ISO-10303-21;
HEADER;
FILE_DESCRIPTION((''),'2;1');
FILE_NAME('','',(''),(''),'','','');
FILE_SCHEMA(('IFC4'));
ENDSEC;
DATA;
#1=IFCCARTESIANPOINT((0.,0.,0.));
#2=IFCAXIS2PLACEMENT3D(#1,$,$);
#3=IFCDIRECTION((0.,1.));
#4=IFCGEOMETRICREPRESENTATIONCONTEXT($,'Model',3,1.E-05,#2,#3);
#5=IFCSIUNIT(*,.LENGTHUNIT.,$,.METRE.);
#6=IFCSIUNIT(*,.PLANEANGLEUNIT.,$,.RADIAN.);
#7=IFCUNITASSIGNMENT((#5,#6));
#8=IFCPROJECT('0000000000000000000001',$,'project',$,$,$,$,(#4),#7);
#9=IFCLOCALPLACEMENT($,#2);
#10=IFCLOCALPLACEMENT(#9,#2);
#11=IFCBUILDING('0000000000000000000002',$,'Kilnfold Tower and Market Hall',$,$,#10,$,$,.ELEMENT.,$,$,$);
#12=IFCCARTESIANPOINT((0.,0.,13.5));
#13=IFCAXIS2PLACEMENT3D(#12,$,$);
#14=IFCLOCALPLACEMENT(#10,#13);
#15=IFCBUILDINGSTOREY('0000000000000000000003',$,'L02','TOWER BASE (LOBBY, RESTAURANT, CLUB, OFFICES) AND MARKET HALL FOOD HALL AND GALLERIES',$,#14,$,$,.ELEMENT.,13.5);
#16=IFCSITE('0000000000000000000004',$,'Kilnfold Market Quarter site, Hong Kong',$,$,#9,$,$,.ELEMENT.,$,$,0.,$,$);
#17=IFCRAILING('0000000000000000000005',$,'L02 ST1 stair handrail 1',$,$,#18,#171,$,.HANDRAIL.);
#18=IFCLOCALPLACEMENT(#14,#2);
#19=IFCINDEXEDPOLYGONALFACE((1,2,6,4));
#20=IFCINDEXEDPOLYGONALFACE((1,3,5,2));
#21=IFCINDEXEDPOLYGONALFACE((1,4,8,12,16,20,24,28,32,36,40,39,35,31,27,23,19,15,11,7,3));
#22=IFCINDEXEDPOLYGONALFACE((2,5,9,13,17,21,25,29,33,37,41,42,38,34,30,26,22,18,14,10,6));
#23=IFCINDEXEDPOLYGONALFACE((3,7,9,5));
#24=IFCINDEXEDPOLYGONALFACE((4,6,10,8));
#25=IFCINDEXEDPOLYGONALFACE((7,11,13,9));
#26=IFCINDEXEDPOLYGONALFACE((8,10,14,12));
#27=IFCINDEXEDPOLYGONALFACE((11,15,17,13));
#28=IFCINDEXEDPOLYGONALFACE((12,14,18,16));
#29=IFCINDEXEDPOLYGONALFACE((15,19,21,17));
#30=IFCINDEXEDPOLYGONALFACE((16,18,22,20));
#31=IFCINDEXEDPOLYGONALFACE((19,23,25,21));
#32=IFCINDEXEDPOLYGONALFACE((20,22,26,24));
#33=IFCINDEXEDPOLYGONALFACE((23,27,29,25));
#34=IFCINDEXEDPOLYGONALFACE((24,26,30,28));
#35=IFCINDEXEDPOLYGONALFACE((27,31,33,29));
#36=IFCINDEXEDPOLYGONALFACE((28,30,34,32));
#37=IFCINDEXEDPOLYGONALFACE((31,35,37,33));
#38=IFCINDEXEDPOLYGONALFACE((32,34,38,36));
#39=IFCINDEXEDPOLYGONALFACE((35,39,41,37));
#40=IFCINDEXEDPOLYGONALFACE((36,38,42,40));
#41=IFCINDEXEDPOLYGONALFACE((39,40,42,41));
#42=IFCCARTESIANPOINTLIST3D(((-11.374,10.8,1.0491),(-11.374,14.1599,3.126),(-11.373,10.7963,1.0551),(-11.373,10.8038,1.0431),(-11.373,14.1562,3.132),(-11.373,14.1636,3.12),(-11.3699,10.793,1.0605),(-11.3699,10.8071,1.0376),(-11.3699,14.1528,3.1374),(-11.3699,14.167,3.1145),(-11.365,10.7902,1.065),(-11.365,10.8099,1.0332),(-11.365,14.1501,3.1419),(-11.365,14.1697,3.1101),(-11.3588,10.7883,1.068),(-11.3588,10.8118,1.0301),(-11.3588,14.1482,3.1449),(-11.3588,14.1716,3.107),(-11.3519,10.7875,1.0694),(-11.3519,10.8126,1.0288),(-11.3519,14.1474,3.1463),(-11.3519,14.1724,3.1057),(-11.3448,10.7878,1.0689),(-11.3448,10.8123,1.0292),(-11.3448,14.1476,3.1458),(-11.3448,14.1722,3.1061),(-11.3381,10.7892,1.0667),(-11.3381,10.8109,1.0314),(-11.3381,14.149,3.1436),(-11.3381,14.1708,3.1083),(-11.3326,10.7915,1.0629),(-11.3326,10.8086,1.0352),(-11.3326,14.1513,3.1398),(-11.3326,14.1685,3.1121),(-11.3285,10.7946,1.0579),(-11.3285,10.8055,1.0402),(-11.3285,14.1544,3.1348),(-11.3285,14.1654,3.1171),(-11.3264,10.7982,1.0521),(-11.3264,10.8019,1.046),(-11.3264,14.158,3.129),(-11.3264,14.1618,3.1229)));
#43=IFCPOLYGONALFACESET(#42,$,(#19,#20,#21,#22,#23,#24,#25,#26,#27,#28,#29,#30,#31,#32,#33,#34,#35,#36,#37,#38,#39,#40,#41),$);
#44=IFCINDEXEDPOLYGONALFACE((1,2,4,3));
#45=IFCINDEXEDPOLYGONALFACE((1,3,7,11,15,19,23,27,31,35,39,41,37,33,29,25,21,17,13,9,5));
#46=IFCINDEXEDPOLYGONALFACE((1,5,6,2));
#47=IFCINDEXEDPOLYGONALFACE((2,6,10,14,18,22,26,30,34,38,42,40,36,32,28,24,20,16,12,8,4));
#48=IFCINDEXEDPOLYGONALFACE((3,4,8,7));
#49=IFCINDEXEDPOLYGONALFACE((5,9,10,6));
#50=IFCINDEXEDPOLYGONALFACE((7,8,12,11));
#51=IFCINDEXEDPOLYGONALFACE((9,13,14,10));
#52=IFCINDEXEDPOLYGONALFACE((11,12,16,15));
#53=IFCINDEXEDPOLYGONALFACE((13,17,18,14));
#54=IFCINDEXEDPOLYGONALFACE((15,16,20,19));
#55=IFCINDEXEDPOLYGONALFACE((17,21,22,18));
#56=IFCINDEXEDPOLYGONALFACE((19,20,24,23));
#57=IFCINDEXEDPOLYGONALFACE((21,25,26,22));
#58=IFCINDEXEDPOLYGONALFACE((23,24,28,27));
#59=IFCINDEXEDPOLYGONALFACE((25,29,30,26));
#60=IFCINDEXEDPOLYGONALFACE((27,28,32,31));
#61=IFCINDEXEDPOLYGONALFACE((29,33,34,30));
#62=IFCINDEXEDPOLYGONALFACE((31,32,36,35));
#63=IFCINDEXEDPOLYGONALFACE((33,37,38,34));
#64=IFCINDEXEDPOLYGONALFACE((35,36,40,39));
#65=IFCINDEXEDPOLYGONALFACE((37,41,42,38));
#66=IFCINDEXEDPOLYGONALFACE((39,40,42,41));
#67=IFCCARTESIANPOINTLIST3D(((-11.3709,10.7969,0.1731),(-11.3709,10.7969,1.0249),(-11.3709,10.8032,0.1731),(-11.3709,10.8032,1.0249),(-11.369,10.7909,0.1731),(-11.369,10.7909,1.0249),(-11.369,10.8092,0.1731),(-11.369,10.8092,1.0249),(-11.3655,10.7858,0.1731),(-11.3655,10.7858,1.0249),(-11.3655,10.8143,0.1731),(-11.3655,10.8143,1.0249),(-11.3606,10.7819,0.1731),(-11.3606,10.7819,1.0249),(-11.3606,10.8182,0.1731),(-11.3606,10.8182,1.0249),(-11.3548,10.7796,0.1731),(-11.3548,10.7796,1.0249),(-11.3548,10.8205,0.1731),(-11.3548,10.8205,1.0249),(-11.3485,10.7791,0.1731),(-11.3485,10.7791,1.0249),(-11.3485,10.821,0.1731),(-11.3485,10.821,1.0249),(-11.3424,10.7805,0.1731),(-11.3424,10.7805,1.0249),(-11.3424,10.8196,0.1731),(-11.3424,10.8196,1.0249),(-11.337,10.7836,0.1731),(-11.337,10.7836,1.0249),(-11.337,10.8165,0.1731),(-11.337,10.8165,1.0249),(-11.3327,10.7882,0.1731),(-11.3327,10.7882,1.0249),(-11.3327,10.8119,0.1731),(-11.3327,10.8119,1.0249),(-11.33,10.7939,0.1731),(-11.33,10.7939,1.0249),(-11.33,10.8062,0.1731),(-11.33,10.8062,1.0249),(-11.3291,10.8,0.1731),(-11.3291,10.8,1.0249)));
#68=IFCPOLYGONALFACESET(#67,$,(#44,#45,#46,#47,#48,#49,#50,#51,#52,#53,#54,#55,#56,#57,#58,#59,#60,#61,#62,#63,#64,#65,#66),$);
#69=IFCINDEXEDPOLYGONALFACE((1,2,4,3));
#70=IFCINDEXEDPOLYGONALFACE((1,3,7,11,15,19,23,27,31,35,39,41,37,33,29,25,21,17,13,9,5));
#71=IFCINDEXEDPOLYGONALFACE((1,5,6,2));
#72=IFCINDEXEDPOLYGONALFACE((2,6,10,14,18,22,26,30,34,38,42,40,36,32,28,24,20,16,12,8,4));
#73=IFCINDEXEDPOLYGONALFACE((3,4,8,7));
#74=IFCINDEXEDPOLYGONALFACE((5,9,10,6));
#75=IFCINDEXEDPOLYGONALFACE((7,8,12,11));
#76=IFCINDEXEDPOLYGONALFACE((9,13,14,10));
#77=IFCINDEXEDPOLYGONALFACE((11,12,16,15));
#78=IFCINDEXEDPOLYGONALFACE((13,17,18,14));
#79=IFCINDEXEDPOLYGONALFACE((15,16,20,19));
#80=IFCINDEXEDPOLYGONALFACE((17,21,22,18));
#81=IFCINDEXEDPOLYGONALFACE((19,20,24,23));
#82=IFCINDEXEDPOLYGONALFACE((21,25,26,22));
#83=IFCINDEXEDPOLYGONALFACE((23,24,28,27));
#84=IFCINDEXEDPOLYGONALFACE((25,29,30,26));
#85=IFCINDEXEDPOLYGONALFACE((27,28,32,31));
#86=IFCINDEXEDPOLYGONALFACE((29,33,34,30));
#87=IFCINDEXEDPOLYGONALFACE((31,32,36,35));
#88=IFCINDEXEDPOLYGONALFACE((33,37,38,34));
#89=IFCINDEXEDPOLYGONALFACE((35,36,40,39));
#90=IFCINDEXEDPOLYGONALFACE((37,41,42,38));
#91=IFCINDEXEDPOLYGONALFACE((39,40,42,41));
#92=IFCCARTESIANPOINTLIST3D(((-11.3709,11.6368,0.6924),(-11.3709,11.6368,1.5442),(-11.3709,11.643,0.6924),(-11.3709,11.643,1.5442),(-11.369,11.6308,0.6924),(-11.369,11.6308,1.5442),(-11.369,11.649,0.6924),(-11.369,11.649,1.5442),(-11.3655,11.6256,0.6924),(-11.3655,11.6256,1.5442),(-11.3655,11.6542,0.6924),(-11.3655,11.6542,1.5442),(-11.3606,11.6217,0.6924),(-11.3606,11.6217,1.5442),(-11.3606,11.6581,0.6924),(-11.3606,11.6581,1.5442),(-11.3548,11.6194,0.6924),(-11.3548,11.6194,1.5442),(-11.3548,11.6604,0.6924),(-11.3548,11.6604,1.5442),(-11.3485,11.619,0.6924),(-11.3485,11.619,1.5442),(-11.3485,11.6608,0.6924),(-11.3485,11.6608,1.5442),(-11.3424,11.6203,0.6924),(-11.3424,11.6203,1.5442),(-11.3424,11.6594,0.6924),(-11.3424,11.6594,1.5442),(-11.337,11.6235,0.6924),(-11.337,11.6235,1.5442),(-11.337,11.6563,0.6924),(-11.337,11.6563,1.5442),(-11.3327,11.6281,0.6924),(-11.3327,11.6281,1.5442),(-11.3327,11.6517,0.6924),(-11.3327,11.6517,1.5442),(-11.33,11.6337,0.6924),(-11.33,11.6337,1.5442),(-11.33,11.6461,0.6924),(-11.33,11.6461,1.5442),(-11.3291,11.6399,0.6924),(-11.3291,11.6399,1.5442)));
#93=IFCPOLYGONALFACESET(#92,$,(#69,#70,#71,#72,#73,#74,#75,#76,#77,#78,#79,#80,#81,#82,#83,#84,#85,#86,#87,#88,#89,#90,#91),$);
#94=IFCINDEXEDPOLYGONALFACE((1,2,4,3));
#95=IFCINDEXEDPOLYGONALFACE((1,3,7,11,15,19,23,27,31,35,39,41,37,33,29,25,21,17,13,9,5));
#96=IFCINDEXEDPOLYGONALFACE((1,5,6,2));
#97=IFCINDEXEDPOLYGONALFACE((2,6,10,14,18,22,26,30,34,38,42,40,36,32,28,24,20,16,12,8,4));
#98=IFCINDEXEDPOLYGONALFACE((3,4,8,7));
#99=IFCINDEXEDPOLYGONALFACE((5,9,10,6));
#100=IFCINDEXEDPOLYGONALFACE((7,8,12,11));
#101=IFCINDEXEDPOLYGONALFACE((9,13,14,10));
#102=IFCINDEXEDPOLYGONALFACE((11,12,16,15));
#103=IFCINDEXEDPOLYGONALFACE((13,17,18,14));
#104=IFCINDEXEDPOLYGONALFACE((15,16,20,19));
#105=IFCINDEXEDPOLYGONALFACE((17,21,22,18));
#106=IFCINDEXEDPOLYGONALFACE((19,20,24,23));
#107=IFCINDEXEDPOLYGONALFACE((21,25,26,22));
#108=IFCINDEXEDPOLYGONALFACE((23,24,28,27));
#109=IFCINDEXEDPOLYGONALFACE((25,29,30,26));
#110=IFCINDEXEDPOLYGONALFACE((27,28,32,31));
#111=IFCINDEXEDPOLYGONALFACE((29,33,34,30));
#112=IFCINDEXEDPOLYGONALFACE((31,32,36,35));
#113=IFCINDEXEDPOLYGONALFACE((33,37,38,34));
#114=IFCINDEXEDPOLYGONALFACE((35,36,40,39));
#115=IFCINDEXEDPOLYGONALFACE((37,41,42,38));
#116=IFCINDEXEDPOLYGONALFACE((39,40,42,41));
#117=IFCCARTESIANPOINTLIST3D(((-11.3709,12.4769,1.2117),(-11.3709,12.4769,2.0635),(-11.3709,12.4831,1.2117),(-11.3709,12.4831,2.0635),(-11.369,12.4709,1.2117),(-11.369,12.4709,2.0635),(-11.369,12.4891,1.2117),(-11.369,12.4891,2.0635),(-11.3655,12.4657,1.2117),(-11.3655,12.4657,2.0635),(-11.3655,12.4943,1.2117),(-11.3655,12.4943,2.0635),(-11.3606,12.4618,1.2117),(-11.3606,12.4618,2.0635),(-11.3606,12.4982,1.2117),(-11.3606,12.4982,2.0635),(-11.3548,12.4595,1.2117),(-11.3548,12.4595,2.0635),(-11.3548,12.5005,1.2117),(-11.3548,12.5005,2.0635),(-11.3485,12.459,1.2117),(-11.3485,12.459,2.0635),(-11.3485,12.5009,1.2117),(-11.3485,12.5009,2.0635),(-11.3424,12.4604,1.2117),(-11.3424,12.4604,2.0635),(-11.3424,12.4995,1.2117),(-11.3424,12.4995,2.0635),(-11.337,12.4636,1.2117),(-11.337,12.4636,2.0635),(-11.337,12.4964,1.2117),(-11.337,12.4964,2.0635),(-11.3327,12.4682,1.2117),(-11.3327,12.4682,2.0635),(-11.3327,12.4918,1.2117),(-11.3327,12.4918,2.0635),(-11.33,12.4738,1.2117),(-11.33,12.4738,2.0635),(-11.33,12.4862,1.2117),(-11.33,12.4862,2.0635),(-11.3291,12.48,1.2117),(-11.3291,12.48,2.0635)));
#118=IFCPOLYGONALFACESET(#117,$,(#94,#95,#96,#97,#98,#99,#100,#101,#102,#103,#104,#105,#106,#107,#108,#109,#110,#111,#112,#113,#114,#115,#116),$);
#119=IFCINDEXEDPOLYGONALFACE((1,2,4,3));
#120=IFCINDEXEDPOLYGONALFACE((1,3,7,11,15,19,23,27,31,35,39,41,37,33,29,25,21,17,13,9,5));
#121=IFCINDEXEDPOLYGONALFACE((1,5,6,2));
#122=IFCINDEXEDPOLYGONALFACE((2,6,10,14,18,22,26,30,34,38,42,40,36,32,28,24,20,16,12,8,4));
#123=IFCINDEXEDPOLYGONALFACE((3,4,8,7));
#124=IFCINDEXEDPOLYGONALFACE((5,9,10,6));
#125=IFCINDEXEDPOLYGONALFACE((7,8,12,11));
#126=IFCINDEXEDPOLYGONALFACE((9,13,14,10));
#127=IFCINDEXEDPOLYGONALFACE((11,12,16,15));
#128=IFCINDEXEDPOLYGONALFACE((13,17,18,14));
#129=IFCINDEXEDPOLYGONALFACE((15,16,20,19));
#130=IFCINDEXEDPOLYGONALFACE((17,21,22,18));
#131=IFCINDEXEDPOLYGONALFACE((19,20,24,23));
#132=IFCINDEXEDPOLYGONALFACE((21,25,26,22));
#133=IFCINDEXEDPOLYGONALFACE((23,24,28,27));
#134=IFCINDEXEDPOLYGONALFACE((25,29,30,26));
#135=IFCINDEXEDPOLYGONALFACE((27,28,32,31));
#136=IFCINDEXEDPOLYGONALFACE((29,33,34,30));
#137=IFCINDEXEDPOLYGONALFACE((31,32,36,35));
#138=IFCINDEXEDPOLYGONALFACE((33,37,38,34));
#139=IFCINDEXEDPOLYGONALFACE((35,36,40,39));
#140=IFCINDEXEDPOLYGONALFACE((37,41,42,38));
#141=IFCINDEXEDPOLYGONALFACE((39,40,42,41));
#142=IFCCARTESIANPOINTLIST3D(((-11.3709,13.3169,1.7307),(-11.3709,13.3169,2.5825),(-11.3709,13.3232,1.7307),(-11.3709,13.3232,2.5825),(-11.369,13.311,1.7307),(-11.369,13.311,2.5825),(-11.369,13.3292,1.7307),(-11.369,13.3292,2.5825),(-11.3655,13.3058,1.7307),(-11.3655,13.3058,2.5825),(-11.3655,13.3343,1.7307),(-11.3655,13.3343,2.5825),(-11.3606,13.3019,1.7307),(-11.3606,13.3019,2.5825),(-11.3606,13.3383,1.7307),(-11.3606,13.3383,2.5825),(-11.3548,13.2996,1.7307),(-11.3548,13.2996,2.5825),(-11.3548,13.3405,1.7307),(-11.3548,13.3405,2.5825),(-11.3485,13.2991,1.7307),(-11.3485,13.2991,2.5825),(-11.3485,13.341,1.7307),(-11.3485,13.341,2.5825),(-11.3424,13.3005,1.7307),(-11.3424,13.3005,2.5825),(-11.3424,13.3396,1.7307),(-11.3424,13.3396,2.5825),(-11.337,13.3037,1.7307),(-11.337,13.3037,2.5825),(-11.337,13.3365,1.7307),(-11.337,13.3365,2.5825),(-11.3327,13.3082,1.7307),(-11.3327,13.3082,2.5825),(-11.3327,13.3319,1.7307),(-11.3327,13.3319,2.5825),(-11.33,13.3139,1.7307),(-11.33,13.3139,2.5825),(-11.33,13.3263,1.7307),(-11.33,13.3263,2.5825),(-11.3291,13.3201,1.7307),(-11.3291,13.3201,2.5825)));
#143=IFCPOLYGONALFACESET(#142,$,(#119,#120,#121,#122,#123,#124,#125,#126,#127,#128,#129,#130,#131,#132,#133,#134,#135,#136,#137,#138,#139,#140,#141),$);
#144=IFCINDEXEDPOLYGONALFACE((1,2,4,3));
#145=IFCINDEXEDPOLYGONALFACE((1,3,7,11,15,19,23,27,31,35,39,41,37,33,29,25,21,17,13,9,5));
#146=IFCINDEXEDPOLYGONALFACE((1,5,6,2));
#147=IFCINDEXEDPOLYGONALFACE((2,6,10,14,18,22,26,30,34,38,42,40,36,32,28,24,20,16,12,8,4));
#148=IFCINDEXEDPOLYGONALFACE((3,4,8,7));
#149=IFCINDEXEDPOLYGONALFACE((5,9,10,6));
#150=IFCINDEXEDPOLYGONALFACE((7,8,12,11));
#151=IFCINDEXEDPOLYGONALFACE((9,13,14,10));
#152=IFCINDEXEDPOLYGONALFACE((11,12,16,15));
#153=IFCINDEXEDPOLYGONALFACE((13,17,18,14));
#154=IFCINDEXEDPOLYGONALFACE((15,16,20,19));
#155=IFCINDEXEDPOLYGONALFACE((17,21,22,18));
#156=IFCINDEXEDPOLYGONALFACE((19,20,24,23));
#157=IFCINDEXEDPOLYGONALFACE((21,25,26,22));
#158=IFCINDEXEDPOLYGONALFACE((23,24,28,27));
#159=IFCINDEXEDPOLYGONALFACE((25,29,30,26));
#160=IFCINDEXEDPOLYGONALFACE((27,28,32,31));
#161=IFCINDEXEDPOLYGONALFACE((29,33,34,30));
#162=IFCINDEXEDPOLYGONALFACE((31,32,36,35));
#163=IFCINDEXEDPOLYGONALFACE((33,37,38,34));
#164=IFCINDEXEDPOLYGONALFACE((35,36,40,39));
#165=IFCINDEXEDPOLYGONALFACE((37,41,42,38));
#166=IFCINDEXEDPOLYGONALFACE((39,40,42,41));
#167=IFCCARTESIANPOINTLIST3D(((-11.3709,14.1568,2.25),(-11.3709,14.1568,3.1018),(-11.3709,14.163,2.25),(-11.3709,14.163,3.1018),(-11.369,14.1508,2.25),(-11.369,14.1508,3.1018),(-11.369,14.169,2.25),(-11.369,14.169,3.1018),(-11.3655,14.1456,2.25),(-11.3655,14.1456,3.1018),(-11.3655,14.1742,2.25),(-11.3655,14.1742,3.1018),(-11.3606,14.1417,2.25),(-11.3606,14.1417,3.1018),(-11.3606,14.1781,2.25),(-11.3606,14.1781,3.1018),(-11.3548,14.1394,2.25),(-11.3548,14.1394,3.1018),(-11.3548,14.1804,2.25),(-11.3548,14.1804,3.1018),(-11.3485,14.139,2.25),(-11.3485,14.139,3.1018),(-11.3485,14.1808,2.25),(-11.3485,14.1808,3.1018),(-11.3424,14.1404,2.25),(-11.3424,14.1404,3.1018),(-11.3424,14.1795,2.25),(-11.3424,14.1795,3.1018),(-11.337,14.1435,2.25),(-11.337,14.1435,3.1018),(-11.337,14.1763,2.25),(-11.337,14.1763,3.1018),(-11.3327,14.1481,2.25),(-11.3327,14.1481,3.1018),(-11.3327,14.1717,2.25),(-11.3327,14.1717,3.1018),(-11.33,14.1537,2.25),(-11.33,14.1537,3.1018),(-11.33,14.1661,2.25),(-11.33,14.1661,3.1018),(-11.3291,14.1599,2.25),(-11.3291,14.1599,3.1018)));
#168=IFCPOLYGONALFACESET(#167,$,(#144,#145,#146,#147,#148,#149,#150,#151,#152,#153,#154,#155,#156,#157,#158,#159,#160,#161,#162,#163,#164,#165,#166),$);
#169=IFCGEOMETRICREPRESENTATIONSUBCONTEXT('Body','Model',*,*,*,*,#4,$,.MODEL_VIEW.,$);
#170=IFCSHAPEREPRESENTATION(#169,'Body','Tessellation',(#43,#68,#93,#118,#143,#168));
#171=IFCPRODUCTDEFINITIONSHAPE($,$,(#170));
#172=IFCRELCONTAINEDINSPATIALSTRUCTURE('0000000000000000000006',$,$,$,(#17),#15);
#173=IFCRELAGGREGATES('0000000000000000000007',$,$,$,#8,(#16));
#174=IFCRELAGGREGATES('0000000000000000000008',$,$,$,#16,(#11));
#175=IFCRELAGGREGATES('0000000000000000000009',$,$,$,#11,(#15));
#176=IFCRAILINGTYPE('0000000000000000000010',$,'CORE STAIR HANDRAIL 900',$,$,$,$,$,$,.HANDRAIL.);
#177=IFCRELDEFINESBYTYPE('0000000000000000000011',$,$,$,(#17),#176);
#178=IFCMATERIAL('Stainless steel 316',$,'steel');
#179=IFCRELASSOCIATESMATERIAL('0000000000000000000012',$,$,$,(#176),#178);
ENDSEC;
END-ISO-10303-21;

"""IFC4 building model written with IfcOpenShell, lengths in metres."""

from ifc_helpers import new_model, si_unit, direction, frame, origin, origin_2d, place, context, subcontext, project, spatial, circle, extrude, material, type_object, element, save


model = new_model("IFC4")

# Units and contexts
model_context = context("Model", 3, precision=1e-05, world=origin(), true_north=direction((0.0, 1.0)))
body_context = subcontext(model_context, "Body", "Model", "MODEL_VIEW")
ifc_project = project(units=[si_unit("LENGTHUNIT", "METRE"), si_unit("PLANEANGLEUNIT", "RADIAN")], contexts=[model_context])

# Site, building, storey
site_placement = place(None, origin())
site = spatial("IfcSite", under=ifc_project, at=site_placement, Name="Kilnfold Market Quarter site, Hong Kong", CompositionType="ELEMENT", RefElevation=0.0)
building_placement = place(site_placement, origin())
building = spatial("IfcBuilding", under=site, at=building_placement, Name="Kilnfold Tower and Market Hall", CompositionType="ELEMENT")
storey_placement = place(building_placement, frame((0.0, 0.0, 13.5)))
storey = spatial("IfcBuildingStorey", under=building, at=storey_placement, Name="L02", Description="TOWER BASE (LOBBY, RESTAURANT, CLUB, OFFICES) AND MARKET HALL FOOD HALL AND GALLERIES", CompositionType="ELEMENT", Elevation=13.5)

# Railing
ifc_material_1 = material(Name="Stainless steel 316", Category="steel")
railing_type_1 = type_object("IfcRailingType", Name="CORE STAIR HANDRAIL 900", PredefinedType="HANDRAIL", material=ifc_material_1)
railing_1_placement = place(storey_placement, frame((-11.3501, 10.8, 0.1731)))
element("IfcRailing", 1, at=railing_1_placement, inside=storey, type_object=railing_type_1, Name="L02 ST1 stair handrail 1", PredefinedType="HANDRAIL", context=body_context, shape_type="SweptSolid", body=[
    extrude(circle(Radius=0.0239, at=origin_2d()), frame((0.0, 0.0, 0.876), z_axis=(0.0, 0.850606, 0.525803), x_axis=(-1.0, 0.0, 0.0)), (0.0, 0.0, 1.0), 3.95),
    extrude(circle(Radius=0.021, at=origin_2d()), origin(), (0.0, 0.0, 1.0), 0.8518),
    extrude(circle(Radius=0.021, at=origin_2d()), frame((0.0, 0.8398, 0.5193)), (0.0, 0.0, 1.0), 0.8518),
    extrude(circle(Radius=0.021, at=origin_2d()), frame((0.0, 1.6799, 1.0386)), (0.0, 0.0, 1.0), 0.8518),
    extrude(circle(Radius=0.021, at=origin_2d()), frame((0.0, 2.52, 1.5576)), (0.0, 0.0, 1.0), 0.8518),
    extrude(circle(Radius=0.021, at=origin_2d()), frame((0.0, 3.3599, 2.0769)), (0.0, 0.0, 1.0), 0.8518),
])

save(model, "model.ifc")
